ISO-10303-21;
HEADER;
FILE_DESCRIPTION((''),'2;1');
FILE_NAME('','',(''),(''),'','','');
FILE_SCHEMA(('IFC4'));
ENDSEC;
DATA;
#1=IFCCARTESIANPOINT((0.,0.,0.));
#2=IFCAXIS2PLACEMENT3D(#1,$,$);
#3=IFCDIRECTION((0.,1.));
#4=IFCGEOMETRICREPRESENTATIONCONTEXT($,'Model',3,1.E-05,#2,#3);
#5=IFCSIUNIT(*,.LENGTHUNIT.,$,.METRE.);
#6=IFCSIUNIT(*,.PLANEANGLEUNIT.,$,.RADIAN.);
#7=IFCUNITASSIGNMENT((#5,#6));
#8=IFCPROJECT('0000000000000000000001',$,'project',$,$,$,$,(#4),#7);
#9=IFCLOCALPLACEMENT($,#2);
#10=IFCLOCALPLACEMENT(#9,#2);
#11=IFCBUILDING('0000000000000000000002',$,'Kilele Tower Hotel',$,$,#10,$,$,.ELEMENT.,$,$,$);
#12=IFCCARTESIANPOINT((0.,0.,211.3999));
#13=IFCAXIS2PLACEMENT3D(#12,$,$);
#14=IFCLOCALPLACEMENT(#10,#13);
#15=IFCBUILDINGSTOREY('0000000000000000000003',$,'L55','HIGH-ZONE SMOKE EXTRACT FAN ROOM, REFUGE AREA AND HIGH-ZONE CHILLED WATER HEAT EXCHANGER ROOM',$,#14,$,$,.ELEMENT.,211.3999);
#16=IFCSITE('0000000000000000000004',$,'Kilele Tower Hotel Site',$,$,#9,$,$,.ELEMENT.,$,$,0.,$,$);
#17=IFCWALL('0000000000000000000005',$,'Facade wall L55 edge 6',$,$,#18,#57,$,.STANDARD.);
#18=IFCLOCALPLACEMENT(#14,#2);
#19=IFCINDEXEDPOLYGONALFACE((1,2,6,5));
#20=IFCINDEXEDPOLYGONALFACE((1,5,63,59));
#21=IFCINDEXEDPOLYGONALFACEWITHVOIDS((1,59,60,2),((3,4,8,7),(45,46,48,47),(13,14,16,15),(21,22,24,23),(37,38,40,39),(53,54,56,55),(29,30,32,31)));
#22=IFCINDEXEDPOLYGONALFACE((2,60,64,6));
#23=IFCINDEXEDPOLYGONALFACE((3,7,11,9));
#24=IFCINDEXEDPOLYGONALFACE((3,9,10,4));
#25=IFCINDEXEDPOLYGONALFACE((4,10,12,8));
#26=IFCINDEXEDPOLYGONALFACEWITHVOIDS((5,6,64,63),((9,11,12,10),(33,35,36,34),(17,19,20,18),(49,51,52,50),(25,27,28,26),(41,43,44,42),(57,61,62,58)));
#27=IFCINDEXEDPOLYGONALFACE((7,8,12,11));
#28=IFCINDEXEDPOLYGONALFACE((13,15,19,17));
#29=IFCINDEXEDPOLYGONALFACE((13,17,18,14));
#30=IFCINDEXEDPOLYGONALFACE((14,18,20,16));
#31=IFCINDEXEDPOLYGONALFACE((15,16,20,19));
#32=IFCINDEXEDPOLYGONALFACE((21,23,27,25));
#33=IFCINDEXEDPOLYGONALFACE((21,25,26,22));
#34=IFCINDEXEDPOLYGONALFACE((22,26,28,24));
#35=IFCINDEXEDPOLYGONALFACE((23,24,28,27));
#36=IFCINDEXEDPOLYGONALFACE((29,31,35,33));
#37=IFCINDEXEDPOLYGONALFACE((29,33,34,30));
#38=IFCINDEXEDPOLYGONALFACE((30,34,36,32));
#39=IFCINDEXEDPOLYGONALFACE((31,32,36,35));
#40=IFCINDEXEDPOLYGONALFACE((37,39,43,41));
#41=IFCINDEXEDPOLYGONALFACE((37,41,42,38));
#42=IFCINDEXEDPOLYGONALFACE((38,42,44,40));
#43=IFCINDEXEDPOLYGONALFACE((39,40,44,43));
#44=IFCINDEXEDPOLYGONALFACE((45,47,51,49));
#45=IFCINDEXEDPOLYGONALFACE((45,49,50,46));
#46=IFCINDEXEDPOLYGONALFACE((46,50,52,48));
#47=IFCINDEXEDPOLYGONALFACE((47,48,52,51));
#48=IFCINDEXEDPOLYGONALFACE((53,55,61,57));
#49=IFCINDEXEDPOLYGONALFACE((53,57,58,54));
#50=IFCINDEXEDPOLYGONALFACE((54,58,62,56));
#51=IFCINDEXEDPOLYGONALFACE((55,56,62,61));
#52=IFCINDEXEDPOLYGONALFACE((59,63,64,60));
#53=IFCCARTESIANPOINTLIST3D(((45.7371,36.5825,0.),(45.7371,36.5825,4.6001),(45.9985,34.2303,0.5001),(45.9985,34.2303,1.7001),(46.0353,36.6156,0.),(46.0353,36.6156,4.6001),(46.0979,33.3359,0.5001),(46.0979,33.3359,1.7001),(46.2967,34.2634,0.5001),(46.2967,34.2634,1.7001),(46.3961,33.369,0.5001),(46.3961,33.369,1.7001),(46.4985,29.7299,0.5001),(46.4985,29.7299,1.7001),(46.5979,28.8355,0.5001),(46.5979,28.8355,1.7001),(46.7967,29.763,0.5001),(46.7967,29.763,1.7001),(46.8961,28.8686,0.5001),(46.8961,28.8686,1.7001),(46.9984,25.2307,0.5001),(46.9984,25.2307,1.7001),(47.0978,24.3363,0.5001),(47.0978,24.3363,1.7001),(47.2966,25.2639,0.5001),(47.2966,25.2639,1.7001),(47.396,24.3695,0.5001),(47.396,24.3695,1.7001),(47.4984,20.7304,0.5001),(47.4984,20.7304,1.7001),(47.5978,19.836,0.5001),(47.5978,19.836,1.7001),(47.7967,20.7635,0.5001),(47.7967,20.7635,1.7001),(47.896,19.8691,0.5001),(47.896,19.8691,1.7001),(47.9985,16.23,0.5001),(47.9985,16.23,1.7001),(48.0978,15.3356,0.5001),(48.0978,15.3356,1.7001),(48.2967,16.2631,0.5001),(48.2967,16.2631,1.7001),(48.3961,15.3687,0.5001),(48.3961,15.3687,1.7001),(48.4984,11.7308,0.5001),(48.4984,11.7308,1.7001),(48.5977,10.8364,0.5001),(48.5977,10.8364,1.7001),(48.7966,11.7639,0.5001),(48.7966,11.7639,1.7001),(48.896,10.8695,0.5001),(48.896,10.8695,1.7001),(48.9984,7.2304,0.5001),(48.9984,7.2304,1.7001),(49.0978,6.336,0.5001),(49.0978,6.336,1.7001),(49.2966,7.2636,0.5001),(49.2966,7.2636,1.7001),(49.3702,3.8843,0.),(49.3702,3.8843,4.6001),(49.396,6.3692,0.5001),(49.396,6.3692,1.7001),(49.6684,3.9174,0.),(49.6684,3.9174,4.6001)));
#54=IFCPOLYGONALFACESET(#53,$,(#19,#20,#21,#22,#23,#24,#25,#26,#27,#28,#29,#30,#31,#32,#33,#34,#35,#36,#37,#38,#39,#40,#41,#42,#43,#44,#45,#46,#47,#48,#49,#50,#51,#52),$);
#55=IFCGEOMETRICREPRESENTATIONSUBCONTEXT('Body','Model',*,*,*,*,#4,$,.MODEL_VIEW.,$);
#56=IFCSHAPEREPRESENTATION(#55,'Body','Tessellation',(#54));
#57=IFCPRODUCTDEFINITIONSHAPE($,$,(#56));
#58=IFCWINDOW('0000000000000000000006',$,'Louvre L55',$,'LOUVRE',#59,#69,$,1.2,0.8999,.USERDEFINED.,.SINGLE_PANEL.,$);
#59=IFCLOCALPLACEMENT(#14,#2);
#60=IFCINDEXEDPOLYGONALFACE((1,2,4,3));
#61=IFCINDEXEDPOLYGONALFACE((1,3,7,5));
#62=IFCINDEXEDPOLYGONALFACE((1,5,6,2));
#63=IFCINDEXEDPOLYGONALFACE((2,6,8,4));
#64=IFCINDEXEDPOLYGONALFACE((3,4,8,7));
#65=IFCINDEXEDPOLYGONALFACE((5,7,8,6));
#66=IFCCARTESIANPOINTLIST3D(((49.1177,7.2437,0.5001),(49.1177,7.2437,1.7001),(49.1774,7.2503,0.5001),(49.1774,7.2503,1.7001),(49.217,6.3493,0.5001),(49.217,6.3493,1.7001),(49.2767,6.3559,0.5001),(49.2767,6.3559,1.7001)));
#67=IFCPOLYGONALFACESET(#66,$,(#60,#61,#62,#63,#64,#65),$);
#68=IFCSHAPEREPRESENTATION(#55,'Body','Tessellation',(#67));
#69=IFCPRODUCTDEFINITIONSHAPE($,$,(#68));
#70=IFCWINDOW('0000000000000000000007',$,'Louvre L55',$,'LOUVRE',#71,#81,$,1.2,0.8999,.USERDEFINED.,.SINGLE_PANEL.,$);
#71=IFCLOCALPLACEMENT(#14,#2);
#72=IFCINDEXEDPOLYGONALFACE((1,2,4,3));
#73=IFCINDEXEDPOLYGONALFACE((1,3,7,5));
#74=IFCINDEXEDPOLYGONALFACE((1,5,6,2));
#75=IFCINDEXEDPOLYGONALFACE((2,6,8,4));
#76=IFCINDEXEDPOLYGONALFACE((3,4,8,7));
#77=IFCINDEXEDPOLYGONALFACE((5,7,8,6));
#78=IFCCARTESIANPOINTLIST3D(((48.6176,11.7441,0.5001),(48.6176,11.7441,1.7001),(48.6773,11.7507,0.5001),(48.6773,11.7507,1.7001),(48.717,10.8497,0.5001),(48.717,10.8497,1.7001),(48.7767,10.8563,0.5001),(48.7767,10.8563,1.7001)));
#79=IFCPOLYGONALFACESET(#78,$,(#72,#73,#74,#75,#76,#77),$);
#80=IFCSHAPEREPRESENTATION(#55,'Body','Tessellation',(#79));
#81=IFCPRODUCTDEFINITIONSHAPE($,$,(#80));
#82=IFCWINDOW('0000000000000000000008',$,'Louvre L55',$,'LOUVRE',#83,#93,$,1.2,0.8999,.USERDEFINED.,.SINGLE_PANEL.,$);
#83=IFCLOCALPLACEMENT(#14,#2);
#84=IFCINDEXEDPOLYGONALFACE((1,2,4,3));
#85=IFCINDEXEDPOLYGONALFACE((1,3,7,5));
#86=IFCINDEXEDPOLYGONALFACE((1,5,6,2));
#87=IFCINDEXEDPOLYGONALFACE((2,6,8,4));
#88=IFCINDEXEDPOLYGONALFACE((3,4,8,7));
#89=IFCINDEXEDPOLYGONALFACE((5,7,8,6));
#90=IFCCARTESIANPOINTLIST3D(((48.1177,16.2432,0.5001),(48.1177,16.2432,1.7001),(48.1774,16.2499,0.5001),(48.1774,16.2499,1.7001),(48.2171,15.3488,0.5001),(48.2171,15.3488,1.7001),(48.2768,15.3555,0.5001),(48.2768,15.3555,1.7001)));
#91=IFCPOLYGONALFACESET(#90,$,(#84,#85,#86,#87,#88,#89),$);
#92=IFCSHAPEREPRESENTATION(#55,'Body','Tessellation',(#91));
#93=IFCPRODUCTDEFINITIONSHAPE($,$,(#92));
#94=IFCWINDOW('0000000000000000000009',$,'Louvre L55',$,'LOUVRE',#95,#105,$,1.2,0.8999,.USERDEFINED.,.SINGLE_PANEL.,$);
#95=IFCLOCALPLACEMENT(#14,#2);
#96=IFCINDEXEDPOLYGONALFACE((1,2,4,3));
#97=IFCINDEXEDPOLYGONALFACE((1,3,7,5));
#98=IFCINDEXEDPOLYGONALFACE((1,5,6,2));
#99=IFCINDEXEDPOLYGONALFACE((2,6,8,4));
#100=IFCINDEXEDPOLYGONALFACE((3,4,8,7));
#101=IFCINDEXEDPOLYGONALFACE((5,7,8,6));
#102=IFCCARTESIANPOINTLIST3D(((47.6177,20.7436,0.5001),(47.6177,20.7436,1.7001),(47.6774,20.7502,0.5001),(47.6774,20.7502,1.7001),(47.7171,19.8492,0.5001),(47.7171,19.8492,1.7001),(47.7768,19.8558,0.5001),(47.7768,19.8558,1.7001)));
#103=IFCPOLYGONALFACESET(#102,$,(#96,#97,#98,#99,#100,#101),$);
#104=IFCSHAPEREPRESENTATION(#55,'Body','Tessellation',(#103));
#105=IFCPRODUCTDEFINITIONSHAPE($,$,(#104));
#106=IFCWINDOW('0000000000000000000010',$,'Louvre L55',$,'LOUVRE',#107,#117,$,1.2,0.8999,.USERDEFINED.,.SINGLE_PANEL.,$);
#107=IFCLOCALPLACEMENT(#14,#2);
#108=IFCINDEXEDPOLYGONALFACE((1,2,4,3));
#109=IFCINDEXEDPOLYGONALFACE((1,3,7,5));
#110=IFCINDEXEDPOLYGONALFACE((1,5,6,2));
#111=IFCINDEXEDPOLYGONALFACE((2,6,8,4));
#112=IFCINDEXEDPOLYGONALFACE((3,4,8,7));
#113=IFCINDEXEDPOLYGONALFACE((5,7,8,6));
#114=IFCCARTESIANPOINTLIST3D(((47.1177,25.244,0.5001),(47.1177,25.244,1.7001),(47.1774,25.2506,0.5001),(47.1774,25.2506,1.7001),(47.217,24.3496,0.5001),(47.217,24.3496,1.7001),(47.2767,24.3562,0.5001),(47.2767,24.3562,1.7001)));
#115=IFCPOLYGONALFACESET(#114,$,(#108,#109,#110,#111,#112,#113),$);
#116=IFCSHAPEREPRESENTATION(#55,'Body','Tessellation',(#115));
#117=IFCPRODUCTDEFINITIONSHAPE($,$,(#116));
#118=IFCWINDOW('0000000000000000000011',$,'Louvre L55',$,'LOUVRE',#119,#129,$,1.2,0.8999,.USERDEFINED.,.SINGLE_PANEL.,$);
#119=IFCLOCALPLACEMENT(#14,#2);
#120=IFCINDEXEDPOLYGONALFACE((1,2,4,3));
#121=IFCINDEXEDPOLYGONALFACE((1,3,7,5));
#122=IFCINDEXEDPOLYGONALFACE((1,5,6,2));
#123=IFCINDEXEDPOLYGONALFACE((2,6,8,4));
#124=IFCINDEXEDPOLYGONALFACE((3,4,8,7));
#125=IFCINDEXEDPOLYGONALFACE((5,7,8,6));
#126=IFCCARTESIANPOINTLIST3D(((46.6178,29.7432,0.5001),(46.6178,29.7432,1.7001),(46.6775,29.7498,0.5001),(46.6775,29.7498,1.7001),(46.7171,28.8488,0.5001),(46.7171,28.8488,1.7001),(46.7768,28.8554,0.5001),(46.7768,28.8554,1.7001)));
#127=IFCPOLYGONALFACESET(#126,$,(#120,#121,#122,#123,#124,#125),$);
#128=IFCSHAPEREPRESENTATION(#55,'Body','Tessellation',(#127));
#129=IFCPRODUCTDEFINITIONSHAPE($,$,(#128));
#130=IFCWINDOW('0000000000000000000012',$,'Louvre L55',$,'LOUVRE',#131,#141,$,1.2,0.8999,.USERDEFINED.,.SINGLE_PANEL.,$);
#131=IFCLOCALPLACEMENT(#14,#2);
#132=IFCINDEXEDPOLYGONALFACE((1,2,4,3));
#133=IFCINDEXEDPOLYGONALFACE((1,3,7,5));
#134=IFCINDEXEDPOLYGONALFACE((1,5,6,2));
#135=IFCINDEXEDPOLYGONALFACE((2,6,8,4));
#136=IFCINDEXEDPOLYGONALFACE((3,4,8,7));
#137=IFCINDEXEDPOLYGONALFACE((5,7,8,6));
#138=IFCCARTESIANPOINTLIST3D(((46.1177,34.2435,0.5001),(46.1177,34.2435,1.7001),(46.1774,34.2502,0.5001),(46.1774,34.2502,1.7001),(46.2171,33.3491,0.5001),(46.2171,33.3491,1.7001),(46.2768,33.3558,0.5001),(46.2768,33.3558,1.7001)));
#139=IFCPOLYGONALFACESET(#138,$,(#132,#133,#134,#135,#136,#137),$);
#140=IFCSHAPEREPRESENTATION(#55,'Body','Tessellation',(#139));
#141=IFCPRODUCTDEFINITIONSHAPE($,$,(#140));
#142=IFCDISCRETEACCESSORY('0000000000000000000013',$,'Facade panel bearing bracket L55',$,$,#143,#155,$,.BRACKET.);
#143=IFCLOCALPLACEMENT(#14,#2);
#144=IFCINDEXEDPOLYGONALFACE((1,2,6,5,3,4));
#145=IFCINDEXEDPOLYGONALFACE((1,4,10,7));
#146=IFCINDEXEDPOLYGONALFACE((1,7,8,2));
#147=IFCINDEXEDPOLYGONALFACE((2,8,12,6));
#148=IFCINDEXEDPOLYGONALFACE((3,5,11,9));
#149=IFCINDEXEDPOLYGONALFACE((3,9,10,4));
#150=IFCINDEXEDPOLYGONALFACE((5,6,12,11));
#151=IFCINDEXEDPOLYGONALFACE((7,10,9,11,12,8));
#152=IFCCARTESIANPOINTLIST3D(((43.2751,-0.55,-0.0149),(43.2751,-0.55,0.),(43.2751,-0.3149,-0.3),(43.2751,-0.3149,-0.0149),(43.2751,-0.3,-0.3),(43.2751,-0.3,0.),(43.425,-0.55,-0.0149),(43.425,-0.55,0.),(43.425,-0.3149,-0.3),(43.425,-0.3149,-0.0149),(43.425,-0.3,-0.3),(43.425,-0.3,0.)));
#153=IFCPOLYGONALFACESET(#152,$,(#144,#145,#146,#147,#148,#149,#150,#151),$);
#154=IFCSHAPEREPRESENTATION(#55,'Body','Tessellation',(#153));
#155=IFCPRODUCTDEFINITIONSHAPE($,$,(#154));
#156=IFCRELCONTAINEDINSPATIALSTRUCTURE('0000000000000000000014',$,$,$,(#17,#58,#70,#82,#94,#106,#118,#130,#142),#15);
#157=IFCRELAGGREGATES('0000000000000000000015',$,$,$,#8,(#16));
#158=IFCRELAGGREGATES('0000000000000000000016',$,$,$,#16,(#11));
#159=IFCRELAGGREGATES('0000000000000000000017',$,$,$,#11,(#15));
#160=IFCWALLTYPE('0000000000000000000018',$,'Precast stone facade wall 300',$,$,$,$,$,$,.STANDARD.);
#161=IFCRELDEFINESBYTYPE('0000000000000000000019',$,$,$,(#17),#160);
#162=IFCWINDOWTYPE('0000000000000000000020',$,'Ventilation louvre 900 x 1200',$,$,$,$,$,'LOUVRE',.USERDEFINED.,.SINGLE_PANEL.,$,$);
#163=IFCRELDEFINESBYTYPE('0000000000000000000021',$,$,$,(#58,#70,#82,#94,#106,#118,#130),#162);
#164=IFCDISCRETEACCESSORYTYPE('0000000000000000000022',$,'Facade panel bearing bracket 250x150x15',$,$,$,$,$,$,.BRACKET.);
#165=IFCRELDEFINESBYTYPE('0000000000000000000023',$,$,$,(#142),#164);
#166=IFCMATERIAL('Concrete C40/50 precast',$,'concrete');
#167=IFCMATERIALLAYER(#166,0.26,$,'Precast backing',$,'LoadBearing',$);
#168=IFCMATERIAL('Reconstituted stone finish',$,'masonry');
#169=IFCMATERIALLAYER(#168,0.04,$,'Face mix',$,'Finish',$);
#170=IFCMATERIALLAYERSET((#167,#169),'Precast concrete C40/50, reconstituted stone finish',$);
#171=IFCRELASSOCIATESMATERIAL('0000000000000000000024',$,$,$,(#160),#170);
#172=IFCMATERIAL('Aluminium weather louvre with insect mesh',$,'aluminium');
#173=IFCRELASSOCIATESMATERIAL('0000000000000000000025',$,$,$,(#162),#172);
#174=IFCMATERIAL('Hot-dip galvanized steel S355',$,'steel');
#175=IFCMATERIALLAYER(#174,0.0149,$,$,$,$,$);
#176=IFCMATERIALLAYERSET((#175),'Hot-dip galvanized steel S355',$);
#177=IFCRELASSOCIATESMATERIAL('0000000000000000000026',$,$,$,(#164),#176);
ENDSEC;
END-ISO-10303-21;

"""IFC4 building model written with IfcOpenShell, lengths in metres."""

from ifc_helpers import new_model, si_unit, direction, frame, frame_2d, origin, place, context, subcontext, project, spatial, polyline, rectangle, outline, extrude, source, transform, mapped, material, layer, layer_set, type_object, element, fill, save


model = new_model("IFC4")

# Units and contexts
model_context = context("Model", 3, precision=1e-05, world=origin(), true_north=direction((0.0, 1.0)))
body_context = subcontext(model_context, "Body", "Model", "MODEL_VIEW")
ifc_project = project(units=[si_unit("LENGTHUNIT", "METRE"), si_unit("PLANEANGLEUNIT", "RADIAN")], contexts=[model_context])

# Site, building, storey
site_placement = place(None, origin())
site = spatial("IfcSite", under=ifc_project, at=site_placement, Name="Kilele Tower Hotel Site", CompositionType="ELEMENT", RefElevation=0.0)
building_placement = place(site_placement, origin())
building = spatial("IfcBuilding", under=site, at=building_placement, Name="Kilele Tower Hotel", CompositionType="ELEMENT")
storey_placement = place(building_placement, frame((0.0, 0.0, 211.3999)))
storey = spatial("IfcBuildingStorey", under=building, at=storey_placement, Name="L55", Description="HIGH-ZONE SMOKE EXTRACT FAN ROOM, REFUGE AREA AND HIGH-ZONE CHILLED WATER HEAT EXCHANGER ROOM", CompositionType="ELEMENT", Elevation=211.3999)

# Shared definitions
ifc_material_1 = material(Name="Concrete C40/50 precast", Category="concrete")
ifc_layer_1 = layer(ifc_material_1, 0.26, Name="Precast backing", Category="LoadBearing")
ifc_material_2 = material(Name="Reconstituted stone finish", Category="masonry")
ifc_layer_2 = layer(ifc_material_2, 0.04, Name="Face mix", Category="Finish")
ifc_layer_set_1 = layer_set([ifc_layer_1, ifc_layer_2], Name="Precast concrete C40/50, reconstituted stone finish")
wall_type = type_object("IfcWallType", Name="Precast stone facade wall 300", PredefinedType="STANDARD", material=ifc_layer_set_1)
ifc_material_3 = material(Name="Aluminium weather louvre with insect mesh", Category="aluminium")
window_type = type_object("IfcWindowType", Name="Ventilation louvre 900 x 1200", ElementType="LOUVRE", PartitioningType="SINGLE_PANEL", PredefinedType="USERDEFINED", material=ifc_material_3)

# Wall, openings, windows
wall_1_placement = place(storey_placement, frame((49.5193, 3.9009, 0.0), z_axis=(0.0, 0.0, 1.0), x_axis=(-0.110429, 0.993884, 0.0)))
wall_1 = element("IfcWall", 1, at=wall_1_placement, inside=storey, type_object=wall_type, Name="Facade wall L55 edge 6", PredefinedType="STANDARD", context=body_context, shape_type="SweptSolid", body=[
    extrude(rectangle(XDim=32.8994, YDim=0.3, at=frame_2d((16.4497, 0.0))), origin(), (0.0, 0.0, 1.0), 4.6001),
])
opening_1_placement = place(wall_1_placement, frame((2.4668, 0.0, 0.5)))
opening_1 = element("IfcOpeningElement", 2, at=opening_1_placement, cuts=wall_1, PredefinedType="OPENING", context=body_context, shape_type="SweptSolid", body=[
    extrude(rectangle(XDim=0.8999, YDim=1.2, at=frame_2d((0.45, 0.6001))), frame((0.0, 0.1599, 0.0), z_axis=(0.0, -1.0, 0.0), x_axis=(1.0, 0.0, 0.0)), (0.0, 0.0, 1.0), 0.3201),
])
opening_2_placement = place(wall_1_placement, frame((6.9949, 0.0, 0.5)))
opening_2 = element("IfcOpeningElement", 3, at=opening_2_placement, cuts=wall_1, PredefinedType="OPENING", context=body_context, shape_type="SweptSolid", body=[
    extrude(rectangle(XDim=0.8999, YDim=1.2, at=frame_2d((0.45, 0.6001))), frame((0.0, 0.1599, 0.0), z_axis=(0.0, -1.0, 0.0), x_axis=(1.0, 0.0, 0.0)), (0.0, 0.0, 1.0), 0.3201),
])
opening_3_placement = place(wall_1_placement, frame((11.5217, 0.0, 0.5)))
opening_3 = element("IfcOpeningElement", 4, at=opening_3_placement, cuts=wall_1, PredefinedType="OPENING", context=body_context, shape_type="SweptSolid", body=[
    extrude(rectangle(XDim=0.8999, YDim=1.2, at=frame_2d((0.45, 0.6001))), frame((0.0, 0.1599, 0.0), z_axis=(0.0, -1.0, 0.0), x_axis=(1.0, 0.0, 0.0)), (0.0, 0.0, 1.0), 0.3201),
])
opening_4_placement = place(wall_1_placement, frame((16.0498, 0.0, 0.5)))
opening_4 = element("IfcOpeningElement", 5, at=opening_4_placement, cuts=wall_1, PredefinedType="OPENING", context=body_context, shape_type="SweptSolid", body=[
    extrude(rectangle(XDim=0.8999, YDim=1.2, at=frame_2d((0.45, 0.6001))), frame((0.0, 0.1599, 0.0), z_axis=(0.0, -1.0, 0.0), x_axis=(1.0, 0.0, 0.0)), (0.0, 0.0, 1.0), 0.3201),
])
opening_5_placement = place(wall_1_placement, frame((20.5779, 0.0, 0.5)))
opening_5 = element("IfcOpeningElement", 6, at=opening_5_placement, cuts=wall_1, PredefinedType="OPENING", context=body_context, shape_type="SweptSolid", body=[
    extrude(rectangle(XDim=0.8999, YDim=1.2, at=frame_2d((0.45, 0.6001))), frame((0.0, 0.1599, 0.0), z_axis=(0.0, -1.0, 0.0), x_axis=(1.0, 0.0, 0.0)), (0.0, 0.0, 1.0), 0.3201),
])
opening_6_placement = place(wall_1_placement, frame((25.1047, 0.0, 0.5)))
opening_6 = element("IfcOpeningElement", 7, at=opening_6_placement, cuts=wall_1, PredefinedType="OPENING", context=body_context, shape_type="SweptSolid", body=[
    extrude(rectangle(XDim=0.8999, YDim=1.2, at=frame_2d((0.45, 0.6001))), frame((0.0, 0.1599, 0.0), z_axis=(0.0, -1.0, 0.0), x_axis=(1.0, 0.0, 0.0)), (0.0, 0.0, 1.0), 0.3201),
])
opening_7_placement = place(wall_1_placement, frame((29.6328, 0.0, 0.5)))
opening_7 = element("IfcOpeningElement", 8, at=opening_7_placement, cuts=wall_1, PredefinedType="OPENING", context=body_context, shape_type="SweptSolid", body=[
    extrude(rectangle(XDim=0.8999, YDim=1.2, at=frame_2d((0.45, 0.6001))), frame((0.0, 0.1599, 0.0), z_axis=(0.0, -1.0, 0.0), x_axis=(1.0, 0.0, 0.0)), (0.0, 0.0, 1.0), 0.3201),
])
window_1_placement = place(opening_1_placement, origin())
window_1 = element("IfcWindow", 9, at=window_1_placement, inside=storey, type_object=window_type, Name="Louvre L55", ObjectType="LOUVRE", OverallHeight=1.2, OverallWidth=0.8999, PartitioningType="SINGLE_PANEL", PredefinedType="USERDEFINED", context=body_context, shape_type="SweptSolid", body=[
    extrude(rectangle(XDim=0.8999, YDim=1.2, at=frame_2d((0.45, 0.6001))), frame((0.0, 0.03, 0.0), z_axis=(0.0, -1.0, 0.0), x_axis=(1.0, 0.0, 0.0)), (0.0, 0.0, 1.0), 0.0601),
])
fill(opening_1, window_1)
window_2_placement = place(opening_2_placement, origin())
window_2 = element("IfcWindow", 10, at=window_2_placement, inside=storey, type_object=window_type, Name="Louvre L55", ObjectType="LOUVRE", OverallHeight=1.2, OverallWidth=0.8999, PartitioningType="SINGLE_PANEL", PredefinedType="USERDEFINED", context=body_context, shape_type="SweptSolid", body=[
    extrude(rectangle(XDim=0.8999, YDim=1.2, at=frame_2d((0.45, 0.6001))), frame((0.0, 0.03, 0.0), z_axis=(0.0, -1.0, 0.0), x_axis=(1.0, 0.0, 0.0)), (0.0, 0.0, 1.0), 0.0601),
])
fill(opening_2, window_2)
window_3_placement = place(opening_3_placement, origin())
window_3 = element("IfcWindow", 11, at=window_3_placement, inside=storey, type_object=window_type, Name="Louvre L55", ObjectType="LOUVRE", OverallHeight=1.2, OverallWidth=0.8999, PartitioningType="SINGLE_PANEL", PredefinedType="USERDEFINED", context=body_context, shape_type="SweptSolid", body=[
    extrude(rectangle(XDim=0.8999, YDim=1.2, at=frame_2d((0.45, 0.6001))), frame((0.0, 0.03, 0.0), z_axis=(0.0, -1.0, 0.0), x_axis=(1.0, 0.0, 0.0)), (0.0, 0.0, 1.0), 0.0601),
])
fill(opening_3, window_3)
window_4_placement = place(opening_4_placement, origin())
window_4 = element("IfcWindow", 12, at=window_4_placement, inside=storey, type_object=window_type, Name="Louvre L55", ObjectType="LOUVRE", OverallHeight=1.2, OverallWidth=0.8999, PartitioningType="SINGLE_PANEL", PredefinedType="USERDEFINED", context=body_context, shape_type="SweptSolid", body=[
    extrude(rectangle(XDim=0.8999, YDim=1.2, at=frame_2d((0.45, 0.6001))), frame((0.0, 0.03, 0.0), z_axis=(0.0, -1.0, 0.0), x_axis=(1.0, 0.0, 0.0)), (0.0, 0.0, 1.0), 0.0601),
])
fill(opening_4, window_4)
window_5_placement = place(opening_5_placement, origin())
window_5 = element("IfcWindow", 13, at=window_5_placement, inside=storey, type_object=window_type, Name="Louvre L55", ObjectType="LOUVRE", OverallHeight=1.2, OverallWidth=0.8999, PartitioningType="SINGLE_PANEL", PredefinedType="USERDEFINED", context=body_context, shape_type="SweptSolid", body=[
    extrude(rectangle(XDim=0.8999, YDim=1.2, at=frame_2d((0.45, 0.6001))), frame((0.0, 0.03, 0.0), z_axis=(0.0, -1.0, 0.0), x_axis=(1.0, 0.0, 0.0)), (0.0, 0.0, 1.0), 0.0601),
])
fill(opening_5, window_5)
window_6_placement = place(opening_6_placement, origin())
window_6 = element("IfcWindow", 14, at=window_6_placement, inside=storey, type_object=window_type, Name="Louvre L55", ObjectType="LOUVRE", OverallHeight=1.2, OverallWidth=0.8999, PartitioningType="SINGLE_PANEL", PredefinedType="USERDEFINED", context=body_context, shape_type="SweptSolid", body=[
    extrude(rectangle(XDim=0.8999, YDim=1.2, at=frame_2d((0.45, 0.6001))), frame((0.0, 0.03, 0.0), z_axis=(0.0, -1.0, 0.0), x_axis=(1.0, 0.0, 0.0)), (0.0, 0.0, 1.0), 0.0601),
])
fill(opening_6, window_6)
window_7_placement = place(opening_7_placement, origin())
window_7 = element("IfcWindow", 15, at=window_7_placement, inside=storey, type_object=window_type, Name="Louvre L55", ObjectType="LOUVRE", OverallHeight=1.2, OverallWidth=0.8999, PartitioningType="SINGLE_PANEL", PredefinedType="USERDEFINED", context=body_context, shape_type="SweptSolid", body=[
    extrude(rectangle(XDim=0.8999, YDim=1.2, at=frame_2d((0.45, 0.6001))), frame((0.0, 0.03, 0.0), z_axis=(0.0, -1.0, 0.0), x_axis=(1.0, 0.0, 0.0)), (0.0, 0.0, 1.0), 0.0601),
])
fill(opening_7, window_7)

# Discrete accessory
ifc_material_4 = material(Name="Hot-dip galvanized steel S355", Category="steel")
ifc_layer_3 = layer(ifc_material_4, 0.0149)
ifc_layer_set_2 = layer_set([ifc_layer_3], Name="Hot-dip galvanized steel S355")
discrete_accessory_type_1 = type_object("IfcDiscreteAccessoryType", Name="Facade panel bearing bracket 250x150x15", PredefinedType="BRACKET", material=ifc_layer_set_2)
shared_shape_1 = source(origin(), body_context, "Body", "SweptSolid", [
    extrude(outline(polyline([(0.0, 0.0), (0.25, 0.0), (0.25, -0.0149), (0.0149, -0.0149), (0.0149, -0.3), (0.0, -0.3), (0.0, 0.0)])), origin(), (0.0, 0.0, 1.0), 0.1499),
])
for number, where, z_axis, x_axis, name in (
    (16, (43.425, -0.3, 0.0), (-1.0, 0.0, 0.0), (0.0, -1.0, 0.0), "Facade panel bearing bracket L55"),
):
    element("IfcDiscreteAccessory", number, at=place(storey_placement, frame(where, z_axis=z_axis, x_axis=x_axis)), inside=storey, type_object=discrete_accessory_type_1, Name=name, PredefinedType="BRACKET", context=body_context, shape_type="MappedRepresentation", body=[
        mapped(shared_shape_1, transform((0.0, 0.0, 0.0))),
    ])

save(model, "model.ifc")
